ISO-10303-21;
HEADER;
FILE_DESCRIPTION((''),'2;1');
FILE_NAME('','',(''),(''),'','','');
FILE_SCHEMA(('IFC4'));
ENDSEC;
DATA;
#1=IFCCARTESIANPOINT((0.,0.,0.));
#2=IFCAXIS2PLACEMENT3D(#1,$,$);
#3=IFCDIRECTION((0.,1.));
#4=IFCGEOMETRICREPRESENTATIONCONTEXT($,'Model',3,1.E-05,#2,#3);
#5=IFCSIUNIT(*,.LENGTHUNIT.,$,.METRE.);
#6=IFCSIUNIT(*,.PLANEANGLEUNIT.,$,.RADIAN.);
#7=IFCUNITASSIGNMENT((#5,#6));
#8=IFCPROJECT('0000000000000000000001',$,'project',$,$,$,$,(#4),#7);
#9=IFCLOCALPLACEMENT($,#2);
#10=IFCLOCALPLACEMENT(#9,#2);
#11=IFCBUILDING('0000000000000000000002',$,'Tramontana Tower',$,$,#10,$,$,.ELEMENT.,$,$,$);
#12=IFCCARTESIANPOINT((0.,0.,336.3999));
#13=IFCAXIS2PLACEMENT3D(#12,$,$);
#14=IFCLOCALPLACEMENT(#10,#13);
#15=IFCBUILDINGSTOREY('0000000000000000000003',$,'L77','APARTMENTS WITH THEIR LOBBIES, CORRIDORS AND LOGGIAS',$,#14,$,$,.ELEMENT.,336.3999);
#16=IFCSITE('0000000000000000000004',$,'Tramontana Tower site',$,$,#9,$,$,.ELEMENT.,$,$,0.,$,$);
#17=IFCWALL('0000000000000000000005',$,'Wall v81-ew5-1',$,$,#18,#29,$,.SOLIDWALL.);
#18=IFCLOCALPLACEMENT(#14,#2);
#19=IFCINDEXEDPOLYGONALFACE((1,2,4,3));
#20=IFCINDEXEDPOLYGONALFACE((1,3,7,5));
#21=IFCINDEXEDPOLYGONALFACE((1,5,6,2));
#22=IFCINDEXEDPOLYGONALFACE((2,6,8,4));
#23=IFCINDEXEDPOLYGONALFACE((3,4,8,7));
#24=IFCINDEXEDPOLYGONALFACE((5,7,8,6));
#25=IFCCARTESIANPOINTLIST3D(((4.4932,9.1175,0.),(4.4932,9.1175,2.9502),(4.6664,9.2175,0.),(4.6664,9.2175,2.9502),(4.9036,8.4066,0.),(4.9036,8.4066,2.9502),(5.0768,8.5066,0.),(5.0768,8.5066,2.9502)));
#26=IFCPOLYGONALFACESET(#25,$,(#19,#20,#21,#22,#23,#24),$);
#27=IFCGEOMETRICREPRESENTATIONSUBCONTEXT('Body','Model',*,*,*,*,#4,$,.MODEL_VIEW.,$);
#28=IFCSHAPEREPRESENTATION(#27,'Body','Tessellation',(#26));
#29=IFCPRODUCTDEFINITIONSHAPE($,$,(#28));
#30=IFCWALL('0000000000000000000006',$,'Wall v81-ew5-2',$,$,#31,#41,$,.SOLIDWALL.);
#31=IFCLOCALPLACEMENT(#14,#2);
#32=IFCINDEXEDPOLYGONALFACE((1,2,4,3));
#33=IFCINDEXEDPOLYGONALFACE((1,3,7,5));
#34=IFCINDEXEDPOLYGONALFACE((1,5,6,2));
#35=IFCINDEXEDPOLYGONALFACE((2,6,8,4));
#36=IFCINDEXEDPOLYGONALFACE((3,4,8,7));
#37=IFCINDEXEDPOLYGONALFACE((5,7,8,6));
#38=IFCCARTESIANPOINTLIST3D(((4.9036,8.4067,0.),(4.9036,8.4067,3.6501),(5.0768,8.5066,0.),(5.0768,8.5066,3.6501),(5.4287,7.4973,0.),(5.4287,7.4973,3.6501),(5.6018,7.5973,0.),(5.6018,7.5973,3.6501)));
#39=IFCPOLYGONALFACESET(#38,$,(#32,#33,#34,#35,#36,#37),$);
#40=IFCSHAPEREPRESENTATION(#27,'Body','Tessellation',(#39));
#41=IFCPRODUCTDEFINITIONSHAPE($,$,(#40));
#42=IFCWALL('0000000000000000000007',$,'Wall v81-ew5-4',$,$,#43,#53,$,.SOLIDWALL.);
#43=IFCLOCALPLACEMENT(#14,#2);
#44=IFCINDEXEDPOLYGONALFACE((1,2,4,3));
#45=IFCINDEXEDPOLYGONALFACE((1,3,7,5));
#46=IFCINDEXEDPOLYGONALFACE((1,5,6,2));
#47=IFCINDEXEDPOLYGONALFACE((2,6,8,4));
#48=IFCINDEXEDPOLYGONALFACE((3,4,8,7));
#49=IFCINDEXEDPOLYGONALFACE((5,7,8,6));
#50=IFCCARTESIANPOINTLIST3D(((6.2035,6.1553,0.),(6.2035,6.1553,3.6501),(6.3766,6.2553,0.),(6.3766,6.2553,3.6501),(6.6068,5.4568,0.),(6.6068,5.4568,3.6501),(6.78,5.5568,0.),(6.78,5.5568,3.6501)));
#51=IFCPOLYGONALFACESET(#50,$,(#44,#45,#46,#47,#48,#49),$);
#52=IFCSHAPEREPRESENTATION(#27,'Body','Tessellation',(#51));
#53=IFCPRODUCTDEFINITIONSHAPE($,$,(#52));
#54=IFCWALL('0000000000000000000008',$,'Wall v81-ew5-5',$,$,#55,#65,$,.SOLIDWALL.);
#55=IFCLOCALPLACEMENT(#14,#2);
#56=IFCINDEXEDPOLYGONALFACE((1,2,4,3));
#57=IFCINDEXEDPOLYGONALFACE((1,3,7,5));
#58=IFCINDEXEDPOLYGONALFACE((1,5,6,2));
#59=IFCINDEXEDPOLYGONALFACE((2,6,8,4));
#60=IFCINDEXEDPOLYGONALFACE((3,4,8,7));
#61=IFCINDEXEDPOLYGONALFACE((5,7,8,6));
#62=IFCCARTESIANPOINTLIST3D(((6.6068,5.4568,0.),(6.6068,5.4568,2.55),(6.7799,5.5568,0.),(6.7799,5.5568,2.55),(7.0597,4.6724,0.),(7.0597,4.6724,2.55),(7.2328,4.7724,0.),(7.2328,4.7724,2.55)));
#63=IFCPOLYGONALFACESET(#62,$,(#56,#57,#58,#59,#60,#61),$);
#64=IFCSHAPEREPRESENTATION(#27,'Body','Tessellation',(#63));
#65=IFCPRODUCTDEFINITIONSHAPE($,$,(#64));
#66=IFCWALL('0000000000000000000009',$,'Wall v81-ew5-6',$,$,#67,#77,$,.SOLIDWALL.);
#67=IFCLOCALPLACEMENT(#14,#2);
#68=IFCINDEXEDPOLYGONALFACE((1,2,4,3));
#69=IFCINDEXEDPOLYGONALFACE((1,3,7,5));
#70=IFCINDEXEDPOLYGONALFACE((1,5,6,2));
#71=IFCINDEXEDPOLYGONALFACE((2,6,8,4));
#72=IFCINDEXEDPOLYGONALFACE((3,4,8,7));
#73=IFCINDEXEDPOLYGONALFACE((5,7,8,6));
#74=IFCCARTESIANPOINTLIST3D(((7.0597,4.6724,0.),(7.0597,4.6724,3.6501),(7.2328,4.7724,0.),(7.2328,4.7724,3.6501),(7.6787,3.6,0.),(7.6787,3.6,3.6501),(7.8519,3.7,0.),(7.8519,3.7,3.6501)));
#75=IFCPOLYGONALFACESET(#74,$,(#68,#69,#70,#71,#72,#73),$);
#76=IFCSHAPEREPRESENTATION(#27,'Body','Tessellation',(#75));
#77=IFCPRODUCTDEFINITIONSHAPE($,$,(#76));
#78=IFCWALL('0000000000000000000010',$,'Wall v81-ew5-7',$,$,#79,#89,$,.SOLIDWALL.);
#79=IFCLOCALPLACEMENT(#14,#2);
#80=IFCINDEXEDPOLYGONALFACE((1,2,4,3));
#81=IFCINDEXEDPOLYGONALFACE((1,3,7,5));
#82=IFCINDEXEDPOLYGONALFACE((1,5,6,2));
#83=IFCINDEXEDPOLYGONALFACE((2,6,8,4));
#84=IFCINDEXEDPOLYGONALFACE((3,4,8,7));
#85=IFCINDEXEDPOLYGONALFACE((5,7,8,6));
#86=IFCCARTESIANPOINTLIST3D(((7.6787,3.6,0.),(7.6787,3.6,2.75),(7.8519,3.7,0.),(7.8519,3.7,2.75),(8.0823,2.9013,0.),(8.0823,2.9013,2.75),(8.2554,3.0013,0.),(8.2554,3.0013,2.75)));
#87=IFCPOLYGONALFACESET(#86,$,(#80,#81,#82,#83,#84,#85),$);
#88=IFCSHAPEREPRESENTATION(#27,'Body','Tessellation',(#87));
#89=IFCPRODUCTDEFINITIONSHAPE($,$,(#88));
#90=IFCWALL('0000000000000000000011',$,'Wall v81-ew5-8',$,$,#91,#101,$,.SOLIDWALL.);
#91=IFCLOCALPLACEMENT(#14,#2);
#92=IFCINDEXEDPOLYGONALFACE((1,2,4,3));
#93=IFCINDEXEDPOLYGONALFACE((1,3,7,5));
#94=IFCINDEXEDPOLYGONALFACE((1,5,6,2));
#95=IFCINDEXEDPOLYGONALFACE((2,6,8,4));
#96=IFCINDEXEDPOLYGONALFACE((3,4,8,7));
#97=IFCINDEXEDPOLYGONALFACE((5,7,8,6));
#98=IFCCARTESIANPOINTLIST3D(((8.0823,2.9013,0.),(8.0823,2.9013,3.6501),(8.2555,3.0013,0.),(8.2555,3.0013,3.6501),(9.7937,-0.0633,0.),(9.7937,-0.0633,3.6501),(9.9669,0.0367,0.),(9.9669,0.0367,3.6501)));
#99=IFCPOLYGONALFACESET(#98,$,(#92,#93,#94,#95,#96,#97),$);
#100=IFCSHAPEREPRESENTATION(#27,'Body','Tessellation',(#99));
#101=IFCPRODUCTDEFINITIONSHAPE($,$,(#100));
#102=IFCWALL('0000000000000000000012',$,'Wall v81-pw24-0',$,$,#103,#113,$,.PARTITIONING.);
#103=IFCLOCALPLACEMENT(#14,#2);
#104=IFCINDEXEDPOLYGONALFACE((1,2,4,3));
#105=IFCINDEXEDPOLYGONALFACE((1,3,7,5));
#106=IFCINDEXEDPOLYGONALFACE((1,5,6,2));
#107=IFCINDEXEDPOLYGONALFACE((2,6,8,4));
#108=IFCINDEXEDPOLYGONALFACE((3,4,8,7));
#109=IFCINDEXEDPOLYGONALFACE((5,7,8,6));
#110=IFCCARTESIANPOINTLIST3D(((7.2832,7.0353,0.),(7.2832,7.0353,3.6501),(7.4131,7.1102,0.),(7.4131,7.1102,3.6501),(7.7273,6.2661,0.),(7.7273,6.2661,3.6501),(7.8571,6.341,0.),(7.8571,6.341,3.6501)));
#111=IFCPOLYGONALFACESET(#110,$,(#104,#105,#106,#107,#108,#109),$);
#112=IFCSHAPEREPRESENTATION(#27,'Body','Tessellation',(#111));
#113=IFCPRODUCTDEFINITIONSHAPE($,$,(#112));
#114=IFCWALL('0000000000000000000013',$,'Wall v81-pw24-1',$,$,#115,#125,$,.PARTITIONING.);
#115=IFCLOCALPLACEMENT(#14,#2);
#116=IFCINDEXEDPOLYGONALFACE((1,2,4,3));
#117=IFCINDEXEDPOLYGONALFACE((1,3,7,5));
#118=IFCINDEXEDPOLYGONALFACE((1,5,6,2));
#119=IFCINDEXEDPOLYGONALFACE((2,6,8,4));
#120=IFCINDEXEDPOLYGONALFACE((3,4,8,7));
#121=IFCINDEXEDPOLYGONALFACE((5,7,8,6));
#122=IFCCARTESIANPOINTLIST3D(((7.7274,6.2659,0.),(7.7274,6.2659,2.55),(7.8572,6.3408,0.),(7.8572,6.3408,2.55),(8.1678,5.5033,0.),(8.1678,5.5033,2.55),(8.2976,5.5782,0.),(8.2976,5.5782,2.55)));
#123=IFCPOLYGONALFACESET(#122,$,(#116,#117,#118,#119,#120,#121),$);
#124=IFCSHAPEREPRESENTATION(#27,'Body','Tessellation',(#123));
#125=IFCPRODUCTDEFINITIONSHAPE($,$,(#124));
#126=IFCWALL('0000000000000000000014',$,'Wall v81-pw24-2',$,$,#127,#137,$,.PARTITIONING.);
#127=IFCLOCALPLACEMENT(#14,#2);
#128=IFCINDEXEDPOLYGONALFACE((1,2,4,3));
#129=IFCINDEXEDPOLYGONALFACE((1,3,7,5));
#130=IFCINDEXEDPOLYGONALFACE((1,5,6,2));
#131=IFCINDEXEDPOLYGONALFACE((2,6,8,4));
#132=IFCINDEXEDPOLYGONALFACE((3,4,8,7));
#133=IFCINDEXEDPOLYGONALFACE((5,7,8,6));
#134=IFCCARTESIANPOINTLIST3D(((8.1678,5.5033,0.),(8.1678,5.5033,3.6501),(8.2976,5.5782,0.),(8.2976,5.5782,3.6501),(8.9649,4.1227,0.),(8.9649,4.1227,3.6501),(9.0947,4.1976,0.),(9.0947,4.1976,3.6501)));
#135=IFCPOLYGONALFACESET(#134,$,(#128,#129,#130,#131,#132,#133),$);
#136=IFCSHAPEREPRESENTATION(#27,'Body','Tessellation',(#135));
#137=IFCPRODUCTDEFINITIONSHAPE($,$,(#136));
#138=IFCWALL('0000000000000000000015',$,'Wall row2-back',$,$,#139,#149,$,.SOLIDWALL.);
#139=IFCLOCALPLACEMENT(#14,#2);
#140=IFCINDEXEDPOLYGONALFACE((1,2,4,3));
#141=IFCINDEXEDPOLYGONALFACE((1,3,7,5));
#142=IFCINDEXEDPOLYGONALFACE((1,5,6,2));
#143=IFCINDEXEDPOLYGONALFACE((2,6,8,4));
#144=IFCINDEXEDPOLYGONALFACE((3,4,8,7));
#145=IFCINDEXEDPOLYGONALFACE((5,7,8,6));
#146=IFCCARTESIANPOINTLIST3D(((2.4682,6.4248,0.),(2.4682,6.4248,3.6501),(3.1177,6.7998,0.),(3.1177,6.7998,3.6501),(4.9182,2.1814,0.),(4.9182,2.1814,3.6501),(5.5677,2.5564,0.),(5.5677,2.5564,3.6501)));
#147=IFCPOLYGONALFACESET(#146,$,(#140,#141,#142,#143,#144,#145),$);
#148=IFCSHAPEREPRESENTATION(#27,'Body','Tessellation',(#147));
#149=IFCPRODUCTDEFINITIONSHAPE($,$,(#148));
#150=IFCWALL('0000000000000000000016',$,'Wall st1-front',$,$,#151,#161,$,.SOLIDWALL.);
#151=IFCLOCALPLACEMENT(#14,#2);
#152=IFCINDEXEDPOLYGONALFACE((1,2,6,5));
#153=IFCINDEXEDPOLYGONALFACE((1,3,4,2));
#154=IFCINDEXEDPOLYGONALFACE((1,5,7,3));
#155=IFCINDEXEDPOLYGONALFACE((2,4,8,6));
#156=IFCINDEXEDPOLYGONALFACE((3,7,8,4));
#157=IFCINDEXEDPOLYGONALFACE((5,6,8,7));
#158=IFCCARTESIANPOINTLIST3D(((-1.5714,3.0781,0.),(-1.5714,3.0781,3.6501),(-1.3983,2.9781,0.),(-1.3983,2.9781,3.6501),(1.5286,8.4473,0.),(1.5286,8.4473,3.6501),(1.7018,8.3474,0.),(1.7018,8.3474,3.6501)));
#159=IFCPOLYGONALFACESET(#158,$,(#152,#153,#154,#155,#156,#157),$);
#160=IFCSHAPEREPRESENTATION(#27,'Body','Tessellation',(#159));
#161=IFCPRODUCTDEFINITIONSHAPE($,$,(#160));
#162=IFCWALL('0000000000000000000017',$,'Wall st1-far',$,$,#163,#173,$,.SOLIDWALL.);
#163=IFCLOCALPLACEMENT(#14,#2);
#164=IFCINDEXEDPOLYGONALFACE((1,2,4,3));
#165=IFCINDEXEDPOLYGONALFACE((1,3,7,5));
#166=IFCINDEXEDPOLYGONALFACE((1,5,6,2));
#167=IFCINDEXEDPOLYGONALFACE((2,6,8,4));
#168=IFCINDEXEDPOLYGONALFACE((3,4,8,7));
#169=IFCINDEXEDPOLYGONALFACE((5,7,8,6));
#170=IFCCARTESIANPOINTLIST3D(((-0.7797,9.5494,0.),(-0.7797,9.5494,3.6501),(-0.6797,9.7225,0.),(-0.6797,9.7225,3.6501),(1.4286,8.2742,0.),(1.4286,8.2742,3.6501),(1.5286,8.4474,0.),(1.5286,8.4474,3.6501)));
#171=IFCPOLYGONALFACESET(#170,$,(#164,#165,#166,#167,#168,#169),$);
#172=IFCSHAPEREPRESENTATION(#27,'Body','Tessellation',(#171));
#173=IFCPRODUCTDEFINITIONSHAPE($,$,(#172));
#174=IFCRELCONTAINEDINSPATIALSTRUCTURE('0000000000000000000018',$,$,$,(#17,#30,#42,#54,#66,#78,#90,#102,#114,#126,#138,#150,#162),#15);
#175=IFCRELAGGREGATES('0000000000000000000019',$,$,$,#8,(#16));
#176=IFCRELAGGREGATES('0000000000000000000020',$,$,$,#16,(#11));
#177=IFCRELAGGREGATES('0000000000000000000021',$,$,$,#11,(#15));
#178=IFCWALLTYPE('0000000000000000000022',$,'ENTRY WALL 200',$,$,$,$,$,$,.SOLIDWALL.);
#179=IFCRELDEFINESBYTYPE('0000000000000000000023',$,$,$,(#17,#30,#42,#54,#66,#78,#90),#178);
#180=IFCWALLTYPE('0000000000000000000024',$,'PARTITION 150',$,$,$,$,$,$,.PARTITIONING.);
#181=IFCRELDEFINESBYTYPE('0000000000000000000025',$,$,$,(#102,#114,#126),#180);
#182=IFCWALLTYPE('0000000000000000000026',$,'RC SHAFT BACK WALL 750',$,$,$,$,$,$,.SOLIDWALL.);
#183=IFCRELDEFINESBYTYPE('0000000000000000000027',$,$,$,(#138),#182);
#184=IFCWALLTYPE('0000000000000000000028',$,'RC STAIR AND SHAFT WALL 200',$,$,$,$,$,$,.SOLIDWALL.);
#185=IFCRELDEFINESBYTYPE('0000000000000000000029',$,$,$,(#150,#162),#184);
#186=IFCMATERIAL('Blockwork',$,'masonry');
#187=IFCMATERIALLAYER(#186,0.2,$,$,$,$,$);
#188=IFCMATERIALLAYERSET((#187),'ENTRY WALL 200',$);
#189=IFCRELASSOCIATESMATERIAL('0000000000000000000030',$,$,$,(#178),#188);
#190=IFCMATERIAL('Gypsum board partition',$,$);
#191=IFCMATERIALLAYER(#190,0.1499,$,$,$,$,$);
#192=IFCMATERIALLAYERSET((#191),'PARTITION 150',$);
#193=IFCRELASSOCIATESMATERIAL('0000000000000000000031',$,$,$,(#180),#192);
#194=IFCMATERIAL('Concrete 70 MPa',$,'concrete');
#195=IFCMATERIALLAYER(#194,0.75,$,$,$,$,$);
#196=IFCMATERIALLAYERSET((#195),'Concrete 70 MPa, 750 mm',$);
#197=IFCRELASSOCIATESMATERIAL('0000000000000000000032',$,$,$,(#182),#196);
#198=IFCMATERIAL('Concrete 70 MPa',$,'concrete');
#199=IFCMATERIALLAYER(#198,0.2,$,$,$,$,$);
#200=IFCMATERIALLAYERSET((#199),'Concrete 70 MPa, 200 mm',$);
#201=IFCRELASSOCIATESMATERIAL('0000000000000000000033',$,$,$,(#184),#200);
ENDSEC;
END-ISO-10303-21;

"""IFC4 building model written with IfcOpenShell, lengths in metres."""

from ifc_helpers import new_model, si_unit, direction, frame, frame_2d, origin, place, context, subcontext, project, spatial, rectangle, extrude, material, layer, layer_set, type_object, element, save


model = new_model("IFC4")

# Units and contexts
model_context = context("Model", 3, precision=1e-05, world=origin(), true_north=direction((0.0, 1.0)))
body_context = subcontext(model_context, "Body", "Model", "MODEL_VIEW")
ifc_project = project(units=[si_unit("LENGTHUNIT", "METRE"), si_unit("PLANEANGLEUNIT", "RADIAN")], contexts=[model_context])

# Site, building, storey
site_placement = place(None, origin())
site = spatial("IfcSite", under=ifc_project, at=site_placement, Name="Tramontana Tower site", CompositionType="ELEMENT", RefElevation=0.0)
building_placement = place(site_placement, origin())
building = spatial("IfcBuilding", under=site, at=building_placement, Name="Tramontana Tower", CompositionType="ELEMENT")
storey_placement = place(building_placement, frame((0.0, 0.0, 336.3999)))
storey = spatial("IfcBuildingStorey", under=building, at=storey_placement, Name="L77", Description="APARTMENTS WITH THEIR LOBBIES, CORRIDORS AND LOGGIAS", CompositionType="ELEMENT", Elevation=336.3999)

# Walls
ifc_material_1 = material(Name="Blockwork", Category="masonry")
ifc_layer_1 = layer(ifc_material_1, 0.2)
ifc_layer_set_1 = layer_set([ifc_layer_1], Name="ENTRY WALL 200")
wall_type_1 = type_object("IfcWallType", Name="ENTRY WALL 200", PredefinedType="SOLIDWALL", material=ifc_layer_set_1)
wall_1_placement = place(storey_placement, frame((4.5798, 9.1675, 0.0), z_axis=(0.0, 0.0, 1.0), x_axis=(0.499946, -0.866057, 0.0)))
element("IfcWall", 1, at=wall_1_placement, inside=storey, type_object=wall_type_1, Name="Wall v81-ew5-1", PredefinedType="SOLIDWALL", context=body_context, shape_type="SweptSolid", body=[
    extrude(rectangle(XDim=0.8208, YDim=0.2, at=frame_2d((0.4104, 0.0))), origin(), (0.0, 0.0, 1.0), 2.9502),
])
wall_2_placement = place(storey_placement, frame((4.9902, 8.4565, 0.0), z_axis=(0.0, 0.0, 1.0), x_axis=(0.500065, -0.865988, 0.0)))
element("IfcWall", 2, at=wall_2_placement, inside=storey, type_object=wall_type_1, Name="Wall v81-ew5-2", PredefinedType="SOLIDWALL", context=body_context, shape_type="SweptSolid", body=[
    extrude(rectangle(XDim=1.05, YDim=0.2, at=frame_2d((0.5249, 0.0))), origin(), (0.0, 0.0, 1.0), 3.6501),
])

# Walls
wall_3_placement = place(storey_placement, frame((6.29, 6.2053, 0.0), z_axis=(0.0, 0.0, 1.0), x_axis=(0.500046, -0.865999, 0.0)))
element("IfcWall", 3, at=wall_3_placement, inside=storey, type_object=wall_type_1, Name="Wall v81-ew5-4", PredefinedType="SOLIDWALL", context=body_context, shape_type="SweptSolid", body=[
    extrude(rectangle(XDim=0.8066, YDim=0.2, at=frame_2d((0.4033, 0.0))), origin(), (0.0, 0.0, 1.0), 3.6501),
])
wall_4_placement = place(storey_placement, frame((6.6934, 5.5068, 0.0), z_axis=(0.0, 0.0, 1.0), x_axis=(0.499995, -0.866028, 0.0)))
element("IfcWall", 4, at=wall_4_placement, inside=storey, type_object=wall_type_1, Name="Wall v81-ew5-5", PredefinedType="SOLIDWALL", context=body_context, shape_type="SweptSolid", body=[
    extrude(rectangle(XDim=0.9058, YDim=0.2, at=frame_2d((0.4529, 0.0))), origin(), (0.0, 0.0, 1.0), 2.55),
])
wall_5_placement = place(storey_placement, frame((7.1462, 4.7224, 0.0), z_axis=(0.0, 0.0, 1.0), x_axis=(0.499956, -0.866051, 0.0)))
element("IfcWall", 5, at=wall_5_placement, inside=storey, type_object=wall_type_1, Name="Wall v81-ew5-6", PredefinedType="SOLIDWALL", context=body_context, shape_type="SweptSolid", body=[
    extrude(rectangle(XDim=1.2383, YDim=0.2, at=frame_2d((0.6191, 0.0))), origin(), (0.0, 0.0, 1.0), 3.6501),
])
wall_6_placement = place(storey_placement, frame((7.7654, 3.6499, 0.0), z_axis=(0.0, 0.0, 1.0), x_axis=(0.500141, -0.865944, 0.0)))
element("IfcWall", 6, at=wall_6_placement, inside=storey, type_object=wall_type_1, Name="Wall v81-ew5-7", PredefinedType="SOLIDWALL", context=body_context, shape_type="SweptSolid", body=[
    extrude(rectangle(XDim=0.8069, YDim=0.2, at=frame_2d((0.4033, 0.0))), origin(), (0.0, 0.0, 1.0), 2.75),
])
wall_7_placement = place(storey_placement, frame((8.1689, 2.9512, 0.0), z_axis=(0.0, 0.0, 1.0), x_axis=(0.499959, -0.866049, 0.0)))
element("IfcWall", 7, at=wall_7_placement, inside=storey, type_object=wall_type_1, Name="Wall v81-ew5-8", PredefinedType="SOLIDWALL", context=body_context, shape_type="SweptSolid", body=[
    extrude(rectangle(XDim=3.4231, YDim=0.2, at=frame_2d((1.7114, 0.0))), origin(), (0.0, 0.0, 1.0), 3.6501),
])

# Shared definitions
ifc_material_2 = material(Name="Gypsum board partition")
ifc_layer_2 = layer(ifc_material_2, 0.1499)
ifc_layer_set_2 = layer_set([ifc_layer_2], Name="PARTITION 150")
wall_type_2 = type_object("IfcWallType", Name="PARTITION 150", PredefinedType="PARTITIONING", material=ifc_layer_set_2)

# Walls
wall_8_placement = place(storey_placement, frame((7.3481, 7.0728, 0.0), z_axis=(0.0, 0.0, 1.0), x_axis=(0.499952, -0.866053, 0.0)))
element("IfcWall", 8, at=wall_8_placement, inside=storey, type_object=wall_type_2, Name="Wall v81-pw24-0", PredefinedType="PARTITIONING", context=body_context, shape_type="SweptSolid", body=[
    extrude(rectangle(XDim=0.8882, YDim=0.1499, at=frame_2d((0.4441, 0.0))), origin(), (0.0, 0.0, 1.0), 3.6501),
])
wall_9_placement = place(storey_placement, frame((7.7922, 6.3035, 0.0), z_axis=(0.0, 0.0, 1.0), x_axis=(0.500074, -0.865982, 0.0)))
element("IfcWall", 9, at=wall_9_placement, inside=storey, type_object=wall_type_2, Name="Wall v81-pw24-1", PredefinedType="PARTITIONING", context=body_context, shape_type="SweptSolid", body=[
    extrude(rectangle(XDim=0.8806, YDim=0.1499, at=frame_2d((0.4404, 0.0))), origin(), (0.0, 0.0, 1.0), 2.55),
])
wall_10_placement = place(storey_placement, frame((8.2327, 5.5408, 0.0), z_axis=(0.0, 0.0, 1.0), x_axis=(0.50001, -0.86602, 0.0)))
element("IfcWall", 10, at=wall_10_placement, inside=storey, type_object=wall_type_2, Name="Wall v81-pw24-2", PredefinedType="PARTITIONING", context=body_context, shape_type="SweptSolid", body=[
    extrude(rectangle(XDim=1.5942, YDim=0.1499, at=frame_2d((0.7971, 0.0))), origin(), (0.0, 0.0, 1.0), 3.6501),
])

# Walls
ifc_material_3 = material(Name="Concrete 70 MPa", Category="concrete")
ifc_layer_3 = layer(ifc_material_3, 0.75)
ifc_layer_set_3 = layer_set([ifc_layer_3], Name="Concrete 70 MPa, 750 mm")
wall_type_3 = type_object("IfcWallType", Name="RC SHAFT BACK WALL 750", PredefinedType="SOLIDWALL", material=ifc_layer_set_3)
wall_11_placement = place(storey_placement, frame((5.2429, 2.3689, 0.0), z_axis=(0.0, 0.0, 1.0), x_axis=(-0.500003, 0.866024, 0.0)))
element("IfcWall", 11, at=wall_11_placement, inside=storey, type_object=wall_type_3, Name="Wall row2-back", PredefinedType="SOLIDWALL", context=body_context, shape_type="SweptSolid", body=[
    extrude(rectangle(XDim=4.8999, YDim=0.75, at=frame_2d((2.45, 0.0))), origin(), (0.0, 0.0, 1.0), 3.6501),
])
ifc_material_4 = material(Name="Concrete 70 MPa", Category="concrete")
ifc_layer_4 = layer(ifc_material_4, 0.2)
ifc_layer_set_4 = layer_set([ifc_layer_4], Name="Concrete 70 MPa, 200 mm")
wall_type_4 = type_object("IfcWallType", Name="RC STAIR AND SHAFT WALL 200", PredefinedType="SOLIDWALL", material=ifc_layer_set_4)
wall_12_placement = place(storey_placement, frame((1.6152, 8.3975, 0.0), z_axis=(0.0, 0.0, 1.0), x_axis=(-0.50001, -0.86602, 0.0)))
element("IfcWall", 12, at=wall_12_placement, inside=storey, type_object=wall_type_4, Name="Wall st1-front", PredefinedType="SOLIDWALL", context=body_context, shape_type="SweptSolid", body=[
    extrude(rectangle(XDim=6.2, YDim=0.2, at=frame_2d((3.1001, 0.0))), origin(), (0.0, 0.0, 1.0), 3.6501),
])
wall_13_placement = place(storey_placement, frame((1.4785, 8.3608, 0.0), z_axis=(0.0, 0.0, 1.0), x_axis=(-0.865989, 0.500062, 0.0)))
element("IfcWall", 13, at=wall_13_placement, inside=storey, type_object=wall_type_4, Name="Wall st1-far", PredefinedType="SOLIDWALL", context=body_context, shape_type="SweptSolid", body=[
    extrude(rectangle(XDim=2.55, YDim=0.2, at=frame_2d((1.2749, 0.0))), origin(), (0.0, 0.0, 1.0), 3.6501),
])

save(model, "model.ifc")
